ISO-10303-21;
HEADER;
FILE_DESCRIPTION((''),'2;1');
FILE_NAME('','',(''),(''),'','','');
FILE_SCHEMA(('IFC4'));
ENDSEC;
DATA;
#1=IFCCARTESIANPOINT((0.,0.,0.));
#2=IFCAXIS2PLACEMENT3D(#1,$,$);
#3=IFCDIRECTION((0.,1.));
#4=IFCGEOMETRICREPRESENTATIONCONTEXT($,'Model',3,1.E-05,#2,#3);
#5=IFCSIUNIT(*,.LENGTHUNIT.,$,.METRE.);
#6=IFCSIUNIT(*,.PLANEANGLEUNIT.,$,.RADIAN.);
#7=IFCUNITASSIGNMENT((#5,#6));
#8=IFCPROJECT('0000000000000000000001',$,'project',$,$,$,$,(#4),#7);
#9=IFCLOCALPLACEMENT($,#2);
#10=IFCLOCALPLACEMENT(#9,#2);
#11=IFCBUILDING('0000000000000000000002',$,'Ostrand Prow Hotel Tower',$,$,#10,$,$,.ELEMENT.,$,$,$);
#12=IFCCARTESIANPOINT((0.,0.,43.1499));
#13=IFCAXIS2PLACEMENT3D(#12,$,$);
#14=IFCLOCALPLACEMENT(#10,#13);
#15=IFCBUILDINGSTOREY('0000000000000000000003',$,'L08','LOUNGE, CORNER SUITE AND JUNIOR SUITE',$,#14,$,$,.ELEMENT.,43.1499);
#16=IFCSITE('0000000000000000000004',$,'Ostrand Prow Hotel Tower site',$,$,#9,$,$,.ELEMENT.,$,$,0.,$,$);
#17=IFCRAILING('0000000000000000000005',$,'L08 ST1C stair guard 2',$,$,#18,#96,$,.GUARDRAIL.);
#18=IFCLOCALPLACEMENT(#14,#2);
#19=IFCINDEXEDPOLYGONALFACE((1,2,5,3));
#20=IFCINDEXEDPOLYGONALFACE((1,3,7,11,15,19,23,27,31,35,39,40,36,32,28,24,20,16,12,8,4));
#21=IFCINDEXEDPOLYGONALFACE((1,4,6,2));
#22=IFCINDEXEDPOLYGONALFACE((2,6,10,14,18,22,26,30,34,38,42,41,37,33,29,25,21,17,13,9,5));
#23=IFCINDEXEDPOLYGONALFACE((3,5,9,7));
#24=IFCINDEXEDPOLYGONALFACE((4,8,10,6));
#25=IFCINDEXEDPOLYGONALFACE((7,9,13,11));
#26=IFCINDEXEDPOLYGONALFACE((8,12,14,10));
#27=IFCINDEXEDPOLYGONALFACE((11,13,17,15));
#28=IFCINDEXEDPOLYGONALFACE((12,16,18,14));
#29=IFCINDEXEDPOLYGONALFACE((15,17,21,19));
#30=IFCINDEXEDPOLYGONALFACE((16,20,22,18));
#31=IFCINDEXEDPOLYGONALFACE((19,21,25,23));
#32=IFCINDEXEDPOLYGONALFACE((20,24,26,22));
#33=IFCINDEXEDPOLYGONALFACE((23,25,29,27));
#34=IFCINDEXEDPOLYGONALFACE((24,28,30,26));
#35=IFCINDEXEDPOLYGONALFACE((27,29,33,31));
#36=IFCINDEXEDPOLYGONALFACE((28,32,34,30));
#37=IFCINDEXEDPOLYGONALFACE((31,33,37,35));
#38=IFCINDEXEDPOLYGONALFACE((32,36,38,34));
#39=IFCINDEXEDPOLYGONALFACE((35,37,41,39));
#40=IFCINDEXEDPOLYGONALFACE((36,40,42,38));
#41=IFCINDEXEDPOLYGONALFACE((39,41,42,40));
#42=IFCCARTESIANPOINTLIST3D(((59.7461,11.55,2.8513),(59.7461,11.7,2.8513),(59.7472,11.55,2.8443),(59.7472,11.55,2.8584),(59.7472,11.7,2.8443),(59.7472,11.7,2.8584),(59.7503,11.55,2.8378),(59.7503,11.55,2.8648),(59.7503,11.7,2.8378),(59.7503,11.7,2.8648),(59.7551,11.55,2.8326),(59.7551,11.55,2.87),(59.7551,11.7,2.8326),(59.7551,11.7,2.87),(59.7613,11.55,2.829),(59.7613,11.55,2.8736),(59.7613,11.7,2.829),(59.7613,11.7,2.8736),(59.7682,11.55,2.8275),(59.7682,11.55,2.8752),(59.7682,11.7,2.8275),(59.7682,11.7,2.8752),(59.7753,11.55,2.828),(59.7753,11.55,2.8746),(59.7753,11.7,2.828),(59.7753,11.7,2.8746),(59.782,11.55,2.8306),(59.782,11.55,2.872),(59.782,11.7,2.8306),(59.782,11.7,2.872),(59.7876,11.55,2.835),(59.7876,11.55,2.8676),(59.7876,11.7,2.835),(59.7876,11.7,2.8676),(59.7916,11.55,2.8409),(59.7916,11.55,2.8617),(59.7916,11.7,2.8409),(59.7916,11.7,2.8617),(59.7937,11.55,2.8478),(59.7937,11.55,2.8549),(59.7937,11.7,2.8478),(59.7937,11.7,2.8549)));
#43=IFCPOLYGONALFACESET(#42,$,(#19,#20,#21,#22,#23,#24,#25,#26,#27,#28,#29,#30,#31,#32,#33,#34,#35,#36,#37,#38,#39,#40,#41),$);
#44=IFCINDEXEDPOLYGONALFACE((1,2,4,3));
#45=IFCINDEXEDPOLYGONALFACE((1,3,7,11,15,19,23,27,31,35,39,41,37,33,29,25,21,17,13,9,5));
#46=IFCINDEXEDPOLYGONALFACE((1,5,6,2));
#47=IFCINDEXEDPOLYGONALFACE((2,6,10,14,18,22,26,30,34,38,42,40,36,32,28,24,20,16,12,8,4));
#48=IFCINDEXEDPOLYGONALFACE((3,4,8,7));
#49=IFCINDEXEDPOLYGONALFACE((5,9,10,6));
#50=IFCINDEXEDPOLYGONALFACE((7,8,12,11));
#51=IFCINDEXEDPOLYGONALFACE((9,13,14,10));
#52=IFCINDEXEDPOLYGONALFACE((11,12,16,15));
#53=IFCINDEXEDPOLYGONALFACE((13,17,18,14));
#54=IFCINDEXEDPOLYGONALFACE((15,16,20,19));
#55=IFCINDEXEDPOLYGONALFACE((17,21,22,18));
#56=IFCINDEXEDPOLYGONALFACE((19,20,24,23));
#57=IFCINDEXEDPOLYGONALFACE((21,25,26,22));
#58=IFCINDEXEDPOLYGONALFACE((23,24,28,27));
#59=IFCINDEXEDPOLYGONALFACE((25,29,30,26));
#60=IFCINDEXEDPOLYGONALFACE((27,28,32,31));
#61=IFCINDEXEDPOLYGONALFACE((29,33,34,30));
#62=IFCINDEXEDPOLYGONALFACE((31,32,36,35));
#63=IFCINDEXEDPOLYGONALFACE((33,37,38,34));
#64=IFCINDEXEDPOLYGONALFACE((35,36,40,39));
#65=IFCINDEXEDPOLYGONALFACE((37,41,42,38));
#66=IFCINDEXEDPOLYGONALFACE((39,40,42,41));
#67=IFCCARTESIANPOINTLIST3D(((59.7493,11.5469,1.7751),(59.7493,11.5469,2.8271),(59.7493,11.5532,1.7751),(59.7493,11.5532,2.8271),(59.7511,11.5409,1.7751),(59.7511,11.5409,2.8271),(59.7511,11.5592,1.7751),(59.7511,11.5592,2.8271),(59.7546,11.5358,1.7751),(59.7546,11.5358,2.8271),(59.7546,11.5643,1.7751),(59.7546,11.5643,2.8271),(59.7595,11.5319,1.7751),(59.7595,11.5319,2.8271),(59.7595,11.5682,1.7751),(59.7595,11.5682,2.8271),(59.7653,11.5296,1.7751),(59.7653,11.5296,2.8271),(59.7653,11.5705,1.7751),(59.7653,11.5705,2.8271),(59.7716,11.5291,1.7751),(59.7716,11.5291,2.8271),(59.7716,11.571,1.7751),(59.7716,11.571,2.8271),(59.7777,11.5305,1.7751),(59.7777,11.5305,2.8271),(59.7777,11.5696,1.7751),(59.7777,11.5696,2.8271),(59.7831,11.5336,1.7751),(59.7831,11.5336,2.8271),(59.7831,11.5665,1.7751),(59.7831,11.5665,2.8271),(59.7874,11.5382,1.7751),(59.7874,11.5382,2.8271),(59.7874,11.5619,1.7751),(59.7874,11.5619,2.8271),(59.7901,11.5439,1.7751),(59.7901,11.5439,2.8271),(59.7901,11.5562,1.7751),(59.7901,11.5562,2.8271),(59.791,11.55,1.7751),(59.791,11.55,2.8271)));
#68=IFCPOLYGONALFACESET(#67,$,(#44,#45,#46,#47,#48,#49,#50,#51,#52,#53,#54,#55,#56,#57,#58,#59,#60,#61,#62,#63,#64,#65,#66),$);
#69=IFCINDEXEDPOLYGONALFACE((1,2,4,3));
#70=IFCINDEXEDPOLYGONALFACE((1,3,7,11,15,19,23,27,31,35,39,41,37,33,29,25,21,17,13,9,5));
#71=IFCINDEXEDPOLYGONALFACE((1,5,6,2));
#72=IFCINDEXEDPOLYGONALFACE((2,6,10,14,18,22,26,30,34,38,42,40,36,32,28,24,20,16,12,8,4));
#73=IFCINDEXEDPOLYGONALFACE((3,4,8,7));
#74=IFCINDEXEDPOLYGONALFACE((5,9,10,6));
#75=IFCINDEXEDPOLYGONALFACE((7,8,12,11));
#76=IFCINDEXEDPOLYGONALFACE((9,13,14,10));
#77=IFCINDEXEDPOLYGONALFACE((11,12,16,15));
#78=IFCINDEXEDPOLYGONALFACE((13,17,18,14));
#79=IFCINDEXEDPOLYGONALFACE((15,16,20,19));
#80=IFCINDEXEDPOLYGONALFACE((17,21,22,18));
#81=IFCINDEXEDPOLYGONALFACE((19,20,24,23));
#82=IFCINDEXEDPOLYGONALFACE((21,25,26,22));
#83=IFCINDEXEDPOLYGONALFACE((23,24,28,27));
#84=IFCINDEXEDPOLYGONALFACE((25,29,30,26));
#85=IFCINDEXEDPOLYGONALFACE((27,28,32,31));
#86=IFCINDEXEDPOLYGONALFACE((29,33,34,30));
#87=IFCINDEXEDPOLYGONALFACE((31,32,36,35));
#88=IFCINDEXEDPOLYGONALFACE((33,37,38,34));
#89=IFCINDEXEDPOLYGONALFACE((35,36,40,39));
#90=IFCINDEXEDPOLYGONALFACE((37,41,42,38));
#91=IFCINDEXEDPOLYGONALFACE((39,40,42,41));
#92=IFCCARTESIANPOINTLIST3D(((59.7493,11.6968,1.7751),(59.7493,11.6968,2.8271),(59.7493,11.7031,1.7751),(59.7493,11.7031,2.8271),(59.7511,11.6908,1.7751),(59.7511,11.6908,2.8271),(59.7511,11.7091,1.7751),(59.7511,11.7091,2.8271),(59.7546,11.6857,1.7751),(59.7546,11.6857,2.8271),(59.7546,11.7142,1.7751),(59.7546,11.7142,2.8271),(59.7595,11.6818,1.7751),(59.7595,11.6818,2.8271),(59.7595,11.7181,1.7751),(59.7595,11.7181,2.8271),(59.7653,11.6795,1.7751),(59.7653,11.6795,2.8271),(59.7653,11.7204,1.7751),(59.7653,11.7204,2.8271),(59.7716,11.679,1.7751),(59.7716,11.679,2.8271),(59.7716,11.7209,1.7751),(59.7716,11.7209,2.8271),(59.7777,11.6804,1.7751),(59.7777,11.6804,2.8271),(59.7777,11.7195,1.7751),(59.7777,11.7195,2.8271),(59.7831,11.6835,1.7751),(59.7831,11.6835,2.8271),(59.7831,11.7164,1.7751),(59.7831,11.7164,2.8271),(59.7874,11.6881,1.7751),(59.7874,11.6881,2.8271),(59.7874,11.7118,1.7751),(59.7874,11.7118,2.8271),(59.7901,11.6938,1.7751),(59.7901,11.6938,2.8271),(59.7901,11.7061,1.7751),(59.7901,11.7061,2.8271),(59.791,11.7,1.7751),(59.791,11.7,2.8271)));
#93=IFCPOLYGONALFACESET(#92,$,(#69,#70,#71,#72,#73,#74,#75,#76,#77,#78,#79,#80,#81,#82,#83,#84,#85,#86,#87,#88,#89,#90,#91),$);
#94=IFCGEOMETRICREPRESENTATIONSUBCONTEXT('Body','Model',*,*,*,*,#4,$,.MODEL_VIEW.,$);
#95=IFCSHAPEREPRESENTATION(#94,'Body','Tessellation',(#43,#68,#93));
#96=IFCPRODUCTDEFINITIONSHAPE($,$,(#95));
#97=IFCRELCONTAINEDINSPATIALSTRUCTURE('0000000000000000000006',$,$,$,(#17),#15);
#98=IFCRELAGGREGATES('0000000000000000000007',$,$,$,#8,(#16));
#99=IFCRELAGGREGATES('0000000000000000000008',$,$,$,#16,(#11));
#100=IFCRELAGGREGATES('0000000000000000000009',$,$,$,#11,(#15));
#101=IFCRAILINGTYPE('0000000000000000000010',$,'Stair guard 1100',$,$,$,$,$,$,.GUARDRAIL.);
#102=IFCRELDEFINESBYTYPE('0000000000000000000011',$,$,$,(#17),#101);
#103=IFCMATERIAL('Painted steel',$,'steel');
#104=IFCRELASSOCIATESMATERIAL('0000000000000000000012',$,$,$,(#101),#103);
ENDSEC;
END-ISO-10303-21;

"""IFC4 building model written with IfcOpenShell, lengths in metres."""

from ifc_helpers import new_model, si_unit, direction, frame, origin, origin_2d, place, context, subcontext, project, spatial, circle, extrude, material, type_object, element, save


model = new_model("IFC4")

# Units and contexts
model_context = context("Model", 3, precision=1e-05, world=origin(), true_north=direction((0.0, 1.0)))
body_context = subcontext(model_context, "Body", "Model", "MODEL_VIEW")
ifc_project = project(units=[si_unit("LENGTHUNIT", "METRE"), si_unit("PLANEANGLEUNIT", "RADIAN")], contexts=[model_context])

# Site, building, storey
site_placement = place(None, origin())
site = spatial("IfcSite", under=ifc_project, at=site_placement, Name="Ostrand Prow Hotel Tower site", CompositionType="ELEMENT", RefElevation=0.0)
building_placement = place(site_placement, origin())
building = spatial("IfcBuilding", under=site, at=building_placement, Name="Ostrand Prow Hotel Tower", CompositionType="ELEMENT")
storey_placement = place(building_placement, frame((0.0, 0.0, 43.1499)))
storey = spatial("IfcBuildingStorey", under=building, at=storey_placement, Name="L08", Description="LOUNGE, CORNER SUITE AND JUNIOR SUITE", CompositionType="ELEMENT", Elevation=43.1499)

# Railing
ifc_material_1 = material(Name="Painted steel", Category="steel")
railing_type_1 = type_object("IfcRailingType", Name="Stair guard 1100", PredefinedType="GUARDRAIL", material=ifc_material_1)
railing_1_placement = place(storey_placement, frame((59.77, 11.55, 1.7751)))
element("IfcRailing", 1, at=railing_1_placement, inside=storey, type_object=railing_type_1, Name="L08 ST1C stair guard 2", PredefinedType="GUARDRAIL", context=body_context, shape_type="SweptSolid", body=[
    extrude(circle(Radius=0.0239, at=origin_2d()), frame((0.0, 0.0, 1.0762), z_axis=(0.0, 1.0, 0.0), x_axis=(-1.0, 0.0, 0.0)), (0.0, 0.0, 1.0), 0.1499),
    extrude(circle(Radius=0.021, at=origin_2d()), origin(), (0.0, 0.0, 1.0), 1.052),
    extrude(circle(Radius=0.021, at=origin_2d()), frame((0.0, 0.1499, 0.0)), (0.0, 0.0, 1.0), 1.052),
])

save(model, "model.ifc")
